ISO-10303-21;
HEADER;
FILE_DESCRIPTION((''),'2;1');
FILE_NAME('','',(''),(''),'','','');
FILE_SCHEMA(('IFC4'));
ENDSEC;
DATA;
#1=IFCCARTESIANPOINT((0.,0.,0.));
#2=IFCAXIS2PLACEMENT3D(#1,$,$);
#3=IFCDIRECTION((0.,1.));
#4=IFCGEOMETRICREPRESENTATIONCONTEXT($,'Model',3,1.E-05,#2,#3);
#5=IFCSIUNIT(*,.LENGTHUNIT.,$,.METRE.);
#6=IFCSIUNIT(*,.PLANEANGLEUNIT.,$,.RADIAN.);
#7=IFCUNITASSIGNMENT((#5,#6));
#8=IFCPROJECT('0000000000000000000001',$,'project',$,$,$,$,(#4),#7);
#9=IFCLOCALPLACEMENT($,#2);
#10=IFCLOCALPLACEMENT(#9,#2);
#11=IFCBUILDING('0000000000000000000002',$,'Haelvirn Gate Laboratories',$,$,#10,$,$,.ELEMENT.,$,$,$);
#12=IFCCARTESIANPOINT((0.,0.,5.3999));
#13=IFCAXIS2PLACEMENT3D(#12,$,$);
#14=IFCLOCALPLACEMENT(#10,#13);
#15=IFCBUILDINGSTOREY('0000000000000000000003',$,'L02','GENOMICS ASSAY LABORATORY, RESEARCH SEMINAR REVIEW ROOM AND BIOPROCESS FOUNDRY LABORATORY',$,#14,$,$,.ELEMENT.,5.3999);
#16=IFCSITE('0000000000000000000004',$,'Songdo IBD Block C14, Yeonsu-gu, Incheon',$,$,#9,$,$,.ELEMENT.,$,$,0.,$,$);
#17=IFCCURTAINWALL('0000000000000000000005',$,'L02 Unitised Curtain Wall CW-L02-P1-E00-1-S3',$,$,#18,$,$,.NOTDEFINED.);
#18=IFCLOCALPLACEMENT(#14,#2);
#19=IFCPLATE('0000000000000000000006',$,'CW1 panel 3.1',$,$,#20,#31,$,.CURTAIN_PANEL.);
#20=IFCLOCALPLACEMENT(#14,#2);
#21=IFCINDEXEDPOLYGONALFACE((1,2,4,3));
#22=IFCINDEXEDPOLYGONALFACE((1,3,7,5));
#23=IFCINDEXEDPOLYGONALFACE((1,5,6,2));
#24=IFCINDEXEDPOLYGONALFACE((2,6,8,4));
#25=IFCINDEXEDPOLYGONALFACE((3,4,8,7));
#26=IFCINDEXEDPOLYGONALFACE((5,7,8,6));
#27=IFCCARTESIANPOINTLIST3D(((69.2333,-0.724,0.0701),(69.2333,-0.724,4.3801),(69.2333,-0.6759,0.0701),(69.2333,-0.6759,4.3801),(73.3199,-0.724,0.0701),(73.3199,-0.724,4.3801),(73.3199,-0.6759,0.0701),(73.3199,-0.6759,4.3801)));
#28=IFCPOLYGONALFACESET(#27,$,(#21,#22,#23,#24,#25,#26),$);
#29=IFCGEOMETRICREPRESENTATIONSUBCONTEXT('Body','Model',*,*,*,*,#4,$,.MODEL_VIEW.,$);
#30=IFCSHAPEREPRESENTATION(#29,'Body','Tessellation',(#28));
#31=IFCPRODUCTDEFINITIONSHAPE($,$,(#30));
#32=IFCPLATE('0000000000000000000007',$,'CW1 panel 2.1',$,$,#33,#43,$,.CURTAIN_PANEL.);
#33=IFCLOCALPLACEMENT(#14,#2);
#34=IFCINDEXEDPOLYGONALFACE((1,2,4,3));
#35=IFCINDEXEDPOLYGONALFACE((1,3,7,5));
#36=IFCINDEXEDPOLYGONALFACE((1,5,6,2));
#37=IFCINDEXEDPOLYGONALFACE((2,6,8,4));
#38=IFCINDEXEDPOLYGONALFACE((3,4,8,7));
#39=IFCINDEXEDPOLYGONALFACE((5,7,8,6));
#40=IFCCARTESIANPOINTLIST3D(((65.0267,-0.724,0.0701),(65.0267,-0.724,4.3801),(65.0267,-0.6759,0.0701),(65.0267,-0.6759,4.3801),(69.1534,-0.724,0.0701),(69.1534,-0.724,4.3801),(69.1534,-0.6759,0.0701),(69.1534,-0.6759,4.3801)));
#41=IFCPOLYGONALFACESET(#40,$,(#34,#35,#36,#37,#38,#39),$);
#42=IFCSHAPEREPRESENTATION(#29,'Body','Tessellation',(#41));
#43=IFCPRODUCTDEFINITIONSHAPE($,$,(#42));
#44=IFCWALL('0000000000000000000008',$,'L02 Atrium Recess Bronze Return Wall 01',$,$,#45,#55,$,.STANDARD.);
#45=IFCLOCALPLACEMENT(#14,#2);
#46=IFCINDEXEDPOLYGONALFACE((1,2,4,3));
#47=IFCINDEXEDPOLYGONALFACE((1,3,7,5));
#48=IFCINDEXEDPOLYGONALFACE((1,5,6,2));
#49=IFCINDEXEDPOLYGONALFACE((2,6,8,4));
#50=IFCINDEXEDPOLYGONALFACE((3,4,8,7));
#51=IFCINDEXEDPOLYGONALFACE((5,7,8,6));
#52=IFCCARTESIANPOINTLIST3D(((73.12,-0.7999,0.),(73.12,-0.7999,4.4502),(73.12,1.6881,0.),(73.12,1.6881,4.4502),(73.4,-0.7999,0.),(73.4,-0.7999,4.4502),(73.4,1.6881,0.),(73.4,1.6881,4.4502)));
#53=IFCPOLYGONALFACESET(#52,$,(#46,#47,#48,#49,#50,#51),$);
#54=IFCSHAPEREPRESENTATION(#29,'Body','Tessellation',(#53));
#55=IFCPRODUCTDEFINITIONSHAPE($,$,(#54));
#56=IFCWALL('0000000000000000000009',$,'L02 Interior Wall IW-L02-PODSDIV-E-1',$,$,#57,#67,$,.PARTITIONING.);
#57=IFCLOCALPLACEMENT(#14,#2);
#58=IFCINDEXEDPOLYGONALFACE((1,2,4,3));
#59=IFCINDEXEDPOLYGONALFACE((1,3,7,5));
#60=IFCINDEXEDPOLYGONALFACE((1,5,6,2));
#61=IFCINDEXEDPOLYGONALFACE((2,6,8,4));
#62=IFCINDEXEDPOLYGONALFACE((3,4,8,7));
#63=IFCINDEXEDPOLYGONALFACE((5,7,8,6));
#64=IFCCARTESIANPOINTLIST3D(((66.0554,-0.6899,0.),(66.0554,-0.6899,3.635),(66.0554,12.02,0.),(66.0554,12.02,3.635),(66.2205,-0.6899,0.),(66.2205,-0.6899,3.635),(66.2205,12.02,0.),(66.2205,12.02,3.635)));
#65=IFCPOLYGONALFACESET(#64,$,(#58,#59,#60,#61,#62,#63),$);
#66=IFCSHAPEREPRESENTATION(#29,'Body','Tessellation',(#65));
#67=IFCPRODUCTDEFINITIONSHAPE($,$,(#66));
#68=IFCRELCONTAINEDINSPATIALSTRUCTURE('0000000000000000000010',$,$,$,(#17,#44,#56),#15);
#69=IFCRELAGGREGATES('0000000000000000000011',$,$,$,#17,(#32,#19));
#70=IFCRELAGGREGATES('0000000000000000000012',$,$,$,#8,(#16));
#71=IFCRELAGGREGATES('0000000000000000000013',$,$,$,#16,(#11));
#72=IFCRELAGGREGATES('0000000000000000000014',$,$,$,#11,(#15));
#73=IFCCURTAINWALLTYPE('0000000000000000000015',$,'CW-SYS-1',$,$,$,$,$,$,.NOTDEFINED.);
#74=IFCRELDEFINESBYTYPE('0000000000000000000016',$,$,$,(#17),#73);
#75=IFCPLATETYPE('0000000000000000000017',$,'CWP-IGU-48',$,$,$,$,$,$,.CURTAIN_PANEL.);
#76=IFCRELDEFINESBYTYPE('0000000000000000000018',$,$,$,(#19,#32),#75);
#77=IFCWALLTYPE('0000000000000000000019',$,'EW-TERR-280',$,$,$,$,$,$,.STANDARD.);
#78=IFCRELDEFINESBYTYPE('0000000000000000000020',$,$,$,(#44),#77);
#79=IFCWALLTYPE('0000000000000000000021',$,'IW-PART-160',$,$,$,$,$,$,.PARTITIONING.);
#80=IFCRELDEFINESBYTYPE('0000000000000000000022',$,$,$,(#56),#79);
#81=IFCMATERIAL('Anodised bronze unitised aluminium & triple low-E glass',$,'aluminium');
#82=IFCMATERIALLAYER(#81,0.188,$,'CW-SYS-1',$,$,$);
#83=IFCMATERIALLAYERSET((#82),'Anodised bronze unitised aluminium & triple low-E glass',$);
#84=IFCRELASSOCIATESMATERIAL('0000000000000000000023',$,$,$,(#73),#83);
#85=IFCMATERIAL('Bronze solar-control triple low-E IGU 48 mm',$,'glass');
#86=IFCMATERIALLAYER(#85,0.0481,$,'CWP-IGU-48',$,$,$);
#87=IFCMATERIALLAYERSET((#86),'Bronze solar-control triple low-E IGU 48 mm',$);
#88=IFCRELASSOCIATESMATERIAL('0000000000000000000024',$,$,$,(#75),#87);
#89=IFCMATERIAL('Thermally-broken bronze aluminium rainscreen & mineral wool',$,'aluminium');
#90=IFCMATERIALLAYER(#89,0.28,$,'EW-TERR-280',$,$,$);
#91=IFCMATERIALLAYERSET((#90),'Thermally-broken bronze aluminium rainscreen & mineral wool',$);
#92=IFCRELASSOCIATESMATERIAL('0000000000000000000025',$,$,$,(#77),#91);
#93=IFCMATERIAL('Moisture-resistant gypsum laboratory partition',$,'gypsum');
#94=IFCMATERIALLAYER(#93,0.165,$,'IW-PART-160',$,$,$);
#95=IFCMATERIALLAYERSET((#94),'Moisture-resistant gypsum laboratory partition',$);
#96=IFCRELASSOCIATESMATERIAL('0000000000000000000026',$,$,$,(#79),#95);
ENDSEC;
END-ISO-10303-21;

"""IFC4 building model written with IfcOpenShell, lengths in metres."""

from ifc_helpers import new_model, si_unit, direction, frame, frame_2d, origin, origin_2d, place, context, subcontext, project, spatial, rectangle, extrude, source, transform, mapped, material, layer, layer_set, type_object, element, aggregate, save


model = new_model("IFC4")

# Units and contexts
model_context = context("Model", 3, precision=1e-05, world=origin(), true_north=direction((0.0, 1.0)))
body_context = subcontext(model_context, "Body", "Model", "MODEL_VIEW")
ifc_project = project(units=[si_unit("LENGTHUNIT", "METRE"), si_unit("PLANEANGLEUNIT", "RADIAN")], contexts=[model_context])

# Site, building, storey
site_placement = place(None, origin())
site = spatial("IfcSite", under=ifc_project, at=site_placement, Name="Songdo IBD Block C14, Yeonsu-gu, Incheon", CompositionType="ELEMENT", RefElevation=0.0)
building_placement = place(site_placement, origin())
building = spatial("IfcBuilding", under=site, at=building_placement, Name="Haelvirn Gate Laboratories", CompositionType="ELEMENT")
storey_placement = place(building_placement, frame((0.0, 0.0, 5.3999)))
storey = spatial("IfcBuildingStorey", under=building, at=storey_placement, Name="L02", Description="GENOMICS ASSAY LABORATORY, RESEARCH SEMINAR REVIEW ROOM AND BIOPROCESS FOUNDRY LABORATORY", CompositionType="ELEMENT", Elevation=5.3999)

# Curtain wall
ifc_material_1 = material(Name="Anodised bronze unitised aluminium & triple low-E glass", Category="aluminium")
ifc_layer_1 = layer(ifc_material_1, 0.188, Name="CW-SYS-1")
ifc_layer_set_1 = layer_set([ifc_layer_1], Name="Anodised bronze unitised aluminium & triple low-E glass")
curtain_wall_type_1 = type_object("IfcCurtainWallType", Name="CW-SYS-1", PredefinedType="NOTDEFINED", material=ifc_layer_set_1)
curtain_wall_1_placement = place(storey_placement, origin())
curtain_wall_1 = element("IfcCurtainWall", 1, at=curtain_wall_1_placement, inside=storey, type_object=curtain_wall_type_1, Name="L02 Unitised Curtain Wall CW-L02-P1-E00-1-S3", PredefinedType="NOTDEFINED")

# Plates
ifc_material_2 = material(Name="Bronze solar-control triple low-E IGU 48 mm", Category="glass")
ifc_layer_2 = layer(ifc_material_2, 0.0481, Name="CWP-IGU-48")
ifc_layer_set_2 = layer_set([ifc_layer_2], Name="Bronze solar-control triple low-E IGU 48 mm")
plate_type_1 = type_object("IfcPlateType", Name="CWP-IGU-48", PredefinedType="CURTAIN_PANEL", material=ifc_layer_set_2)
shared_shape_1 = source(origin(), body_context, "Body", "SweptSolid", [
    extrude(rectangle(XDim=4.0867, YDim=0.0481, at=origin_2d()), origin(), (0.0, 0.0, 1.0), 4.3101),
])
plate_1_placement = place(storey_placement, frame((71.2766, -0.7, 0.0701), z_axis=(0.0, 0.0, 1.0), x_axis=(1.0, 0.0, 0.0)))
plate_1 = element("IfcPlate", 2, at=plate_1_placement, type_object=plate_type_1, Name="CW1 panel 3.1", PredefinedType="CURTAIN_PANEL", context=body_context, shape_type="MappedRepresentation", body=[
    mapped(shared_shape_1, transform((0.0, 0.0, 0.0), scale=1.0)),
])
shared_shape_2 = source(origin(), body_context, "Body", "SweptSolid", [
    extrude(rectangle(XDim=4.1267, YDim=0.0481, at=origin_2d()), origin(), (0.0, 0.0, 1.0), 4.3101),
])
plate_2_placement = place(storey_placement, frame((67.0901, -0.7, 0.0701), z_axis=(0.0, 0.0, 1.0), x_axis=(1.0, 0.0, 0.0)))
plate_2 = element("IfcPlate", 3, at=plate_2_placement, type_object=plate_type_1, Name="CW1 panel 2.1", PredefinedType="CURTAIN_PANEL", context=body_context, shape_type="MappedRepresentation", body=[
    mapped(shared_shape_2, transform((0.0, 0.0, 0.0), scale=1.0)),
])
aggregate(curtain_wall_1, [plate_2, plate_1])

# Walls
ifc_material_3 = material(Name="Thermally-broken bronze aluminium rainscreen & mineral wool", Category="aluminium")
ifc_layer_3 = layer(ifc_material_3, 0.28, Name="EW-TERR-280")
ifc_layer_set_3 = layer_set([ifc_layer_3], Name="Thermally-broken bronze aluminium rainscreen & mineral wool")
wall_type_1 = type_object("IfcWallType", Name="EW-TERR-280", PredefinedType="STANDARD", material=ifc_layer_set_3)
wall_1_placement = place(storey_placement, frame((73.26, -0.8, 0.0), z_axis=(0.0, 0.0, 1.0), x_axis=(0.0, 1.0, 0.0)))
element("IfcWall", 4, at=wall_1_placement, inside=storey, type_object=wall_type_1, Name="L02 Atrium Recess Bronze Return Wall 01", PredefinedType="STANDARD", context=body_context, shape_type="SweptSolid", body=[
    extrude(rectangle(XDim=2.488, YDim=0.28, at=frame_2d((1.2441, 0.0))), origin(), (0.0, 0.0, 1.0), 4.4502),
])
ifc_material_4 = material(Name="Moisture-resistant gypsum laboratory partition", Category="gypsum")
ifc_layer_4 = layer(ifc_material_4, 0.165, Name="IW-PART-160")
ifc_layer_set_4 = layer_set([ifc_layer_4], Name="Moisture-resistant gypsum laboratory partition")
wall_type_2 = type_object("IfcWallType", Name="IW-PART-160", PredefinedType="PARTITIONING", material=ifc_layer_set_4)
wall_2_placement = place(storey_placement, frame((66.1379, -0.6899, 0.0), z_axis=(0.0, 0.0, 1.0), x_axis=(0.0, 1.0, 0.0)))
element("IfcWall", 5, at=wall_2_placement, inside=storey, type_object=wall_type_2, Name="L02 Interior Wall IW-L02-PODSDIV-E-1", PredefinedType="PARTITIONING", context=body_context, shape_type="SweptSolid", body=[
    extrude(rectangle(XDim=12.71, YDim=0.165, at=frame_2d((6.355, 0.0))), origin(), (0.0, 0.0, 1.0), 3.635),
])

save(model, "model.ifc")
